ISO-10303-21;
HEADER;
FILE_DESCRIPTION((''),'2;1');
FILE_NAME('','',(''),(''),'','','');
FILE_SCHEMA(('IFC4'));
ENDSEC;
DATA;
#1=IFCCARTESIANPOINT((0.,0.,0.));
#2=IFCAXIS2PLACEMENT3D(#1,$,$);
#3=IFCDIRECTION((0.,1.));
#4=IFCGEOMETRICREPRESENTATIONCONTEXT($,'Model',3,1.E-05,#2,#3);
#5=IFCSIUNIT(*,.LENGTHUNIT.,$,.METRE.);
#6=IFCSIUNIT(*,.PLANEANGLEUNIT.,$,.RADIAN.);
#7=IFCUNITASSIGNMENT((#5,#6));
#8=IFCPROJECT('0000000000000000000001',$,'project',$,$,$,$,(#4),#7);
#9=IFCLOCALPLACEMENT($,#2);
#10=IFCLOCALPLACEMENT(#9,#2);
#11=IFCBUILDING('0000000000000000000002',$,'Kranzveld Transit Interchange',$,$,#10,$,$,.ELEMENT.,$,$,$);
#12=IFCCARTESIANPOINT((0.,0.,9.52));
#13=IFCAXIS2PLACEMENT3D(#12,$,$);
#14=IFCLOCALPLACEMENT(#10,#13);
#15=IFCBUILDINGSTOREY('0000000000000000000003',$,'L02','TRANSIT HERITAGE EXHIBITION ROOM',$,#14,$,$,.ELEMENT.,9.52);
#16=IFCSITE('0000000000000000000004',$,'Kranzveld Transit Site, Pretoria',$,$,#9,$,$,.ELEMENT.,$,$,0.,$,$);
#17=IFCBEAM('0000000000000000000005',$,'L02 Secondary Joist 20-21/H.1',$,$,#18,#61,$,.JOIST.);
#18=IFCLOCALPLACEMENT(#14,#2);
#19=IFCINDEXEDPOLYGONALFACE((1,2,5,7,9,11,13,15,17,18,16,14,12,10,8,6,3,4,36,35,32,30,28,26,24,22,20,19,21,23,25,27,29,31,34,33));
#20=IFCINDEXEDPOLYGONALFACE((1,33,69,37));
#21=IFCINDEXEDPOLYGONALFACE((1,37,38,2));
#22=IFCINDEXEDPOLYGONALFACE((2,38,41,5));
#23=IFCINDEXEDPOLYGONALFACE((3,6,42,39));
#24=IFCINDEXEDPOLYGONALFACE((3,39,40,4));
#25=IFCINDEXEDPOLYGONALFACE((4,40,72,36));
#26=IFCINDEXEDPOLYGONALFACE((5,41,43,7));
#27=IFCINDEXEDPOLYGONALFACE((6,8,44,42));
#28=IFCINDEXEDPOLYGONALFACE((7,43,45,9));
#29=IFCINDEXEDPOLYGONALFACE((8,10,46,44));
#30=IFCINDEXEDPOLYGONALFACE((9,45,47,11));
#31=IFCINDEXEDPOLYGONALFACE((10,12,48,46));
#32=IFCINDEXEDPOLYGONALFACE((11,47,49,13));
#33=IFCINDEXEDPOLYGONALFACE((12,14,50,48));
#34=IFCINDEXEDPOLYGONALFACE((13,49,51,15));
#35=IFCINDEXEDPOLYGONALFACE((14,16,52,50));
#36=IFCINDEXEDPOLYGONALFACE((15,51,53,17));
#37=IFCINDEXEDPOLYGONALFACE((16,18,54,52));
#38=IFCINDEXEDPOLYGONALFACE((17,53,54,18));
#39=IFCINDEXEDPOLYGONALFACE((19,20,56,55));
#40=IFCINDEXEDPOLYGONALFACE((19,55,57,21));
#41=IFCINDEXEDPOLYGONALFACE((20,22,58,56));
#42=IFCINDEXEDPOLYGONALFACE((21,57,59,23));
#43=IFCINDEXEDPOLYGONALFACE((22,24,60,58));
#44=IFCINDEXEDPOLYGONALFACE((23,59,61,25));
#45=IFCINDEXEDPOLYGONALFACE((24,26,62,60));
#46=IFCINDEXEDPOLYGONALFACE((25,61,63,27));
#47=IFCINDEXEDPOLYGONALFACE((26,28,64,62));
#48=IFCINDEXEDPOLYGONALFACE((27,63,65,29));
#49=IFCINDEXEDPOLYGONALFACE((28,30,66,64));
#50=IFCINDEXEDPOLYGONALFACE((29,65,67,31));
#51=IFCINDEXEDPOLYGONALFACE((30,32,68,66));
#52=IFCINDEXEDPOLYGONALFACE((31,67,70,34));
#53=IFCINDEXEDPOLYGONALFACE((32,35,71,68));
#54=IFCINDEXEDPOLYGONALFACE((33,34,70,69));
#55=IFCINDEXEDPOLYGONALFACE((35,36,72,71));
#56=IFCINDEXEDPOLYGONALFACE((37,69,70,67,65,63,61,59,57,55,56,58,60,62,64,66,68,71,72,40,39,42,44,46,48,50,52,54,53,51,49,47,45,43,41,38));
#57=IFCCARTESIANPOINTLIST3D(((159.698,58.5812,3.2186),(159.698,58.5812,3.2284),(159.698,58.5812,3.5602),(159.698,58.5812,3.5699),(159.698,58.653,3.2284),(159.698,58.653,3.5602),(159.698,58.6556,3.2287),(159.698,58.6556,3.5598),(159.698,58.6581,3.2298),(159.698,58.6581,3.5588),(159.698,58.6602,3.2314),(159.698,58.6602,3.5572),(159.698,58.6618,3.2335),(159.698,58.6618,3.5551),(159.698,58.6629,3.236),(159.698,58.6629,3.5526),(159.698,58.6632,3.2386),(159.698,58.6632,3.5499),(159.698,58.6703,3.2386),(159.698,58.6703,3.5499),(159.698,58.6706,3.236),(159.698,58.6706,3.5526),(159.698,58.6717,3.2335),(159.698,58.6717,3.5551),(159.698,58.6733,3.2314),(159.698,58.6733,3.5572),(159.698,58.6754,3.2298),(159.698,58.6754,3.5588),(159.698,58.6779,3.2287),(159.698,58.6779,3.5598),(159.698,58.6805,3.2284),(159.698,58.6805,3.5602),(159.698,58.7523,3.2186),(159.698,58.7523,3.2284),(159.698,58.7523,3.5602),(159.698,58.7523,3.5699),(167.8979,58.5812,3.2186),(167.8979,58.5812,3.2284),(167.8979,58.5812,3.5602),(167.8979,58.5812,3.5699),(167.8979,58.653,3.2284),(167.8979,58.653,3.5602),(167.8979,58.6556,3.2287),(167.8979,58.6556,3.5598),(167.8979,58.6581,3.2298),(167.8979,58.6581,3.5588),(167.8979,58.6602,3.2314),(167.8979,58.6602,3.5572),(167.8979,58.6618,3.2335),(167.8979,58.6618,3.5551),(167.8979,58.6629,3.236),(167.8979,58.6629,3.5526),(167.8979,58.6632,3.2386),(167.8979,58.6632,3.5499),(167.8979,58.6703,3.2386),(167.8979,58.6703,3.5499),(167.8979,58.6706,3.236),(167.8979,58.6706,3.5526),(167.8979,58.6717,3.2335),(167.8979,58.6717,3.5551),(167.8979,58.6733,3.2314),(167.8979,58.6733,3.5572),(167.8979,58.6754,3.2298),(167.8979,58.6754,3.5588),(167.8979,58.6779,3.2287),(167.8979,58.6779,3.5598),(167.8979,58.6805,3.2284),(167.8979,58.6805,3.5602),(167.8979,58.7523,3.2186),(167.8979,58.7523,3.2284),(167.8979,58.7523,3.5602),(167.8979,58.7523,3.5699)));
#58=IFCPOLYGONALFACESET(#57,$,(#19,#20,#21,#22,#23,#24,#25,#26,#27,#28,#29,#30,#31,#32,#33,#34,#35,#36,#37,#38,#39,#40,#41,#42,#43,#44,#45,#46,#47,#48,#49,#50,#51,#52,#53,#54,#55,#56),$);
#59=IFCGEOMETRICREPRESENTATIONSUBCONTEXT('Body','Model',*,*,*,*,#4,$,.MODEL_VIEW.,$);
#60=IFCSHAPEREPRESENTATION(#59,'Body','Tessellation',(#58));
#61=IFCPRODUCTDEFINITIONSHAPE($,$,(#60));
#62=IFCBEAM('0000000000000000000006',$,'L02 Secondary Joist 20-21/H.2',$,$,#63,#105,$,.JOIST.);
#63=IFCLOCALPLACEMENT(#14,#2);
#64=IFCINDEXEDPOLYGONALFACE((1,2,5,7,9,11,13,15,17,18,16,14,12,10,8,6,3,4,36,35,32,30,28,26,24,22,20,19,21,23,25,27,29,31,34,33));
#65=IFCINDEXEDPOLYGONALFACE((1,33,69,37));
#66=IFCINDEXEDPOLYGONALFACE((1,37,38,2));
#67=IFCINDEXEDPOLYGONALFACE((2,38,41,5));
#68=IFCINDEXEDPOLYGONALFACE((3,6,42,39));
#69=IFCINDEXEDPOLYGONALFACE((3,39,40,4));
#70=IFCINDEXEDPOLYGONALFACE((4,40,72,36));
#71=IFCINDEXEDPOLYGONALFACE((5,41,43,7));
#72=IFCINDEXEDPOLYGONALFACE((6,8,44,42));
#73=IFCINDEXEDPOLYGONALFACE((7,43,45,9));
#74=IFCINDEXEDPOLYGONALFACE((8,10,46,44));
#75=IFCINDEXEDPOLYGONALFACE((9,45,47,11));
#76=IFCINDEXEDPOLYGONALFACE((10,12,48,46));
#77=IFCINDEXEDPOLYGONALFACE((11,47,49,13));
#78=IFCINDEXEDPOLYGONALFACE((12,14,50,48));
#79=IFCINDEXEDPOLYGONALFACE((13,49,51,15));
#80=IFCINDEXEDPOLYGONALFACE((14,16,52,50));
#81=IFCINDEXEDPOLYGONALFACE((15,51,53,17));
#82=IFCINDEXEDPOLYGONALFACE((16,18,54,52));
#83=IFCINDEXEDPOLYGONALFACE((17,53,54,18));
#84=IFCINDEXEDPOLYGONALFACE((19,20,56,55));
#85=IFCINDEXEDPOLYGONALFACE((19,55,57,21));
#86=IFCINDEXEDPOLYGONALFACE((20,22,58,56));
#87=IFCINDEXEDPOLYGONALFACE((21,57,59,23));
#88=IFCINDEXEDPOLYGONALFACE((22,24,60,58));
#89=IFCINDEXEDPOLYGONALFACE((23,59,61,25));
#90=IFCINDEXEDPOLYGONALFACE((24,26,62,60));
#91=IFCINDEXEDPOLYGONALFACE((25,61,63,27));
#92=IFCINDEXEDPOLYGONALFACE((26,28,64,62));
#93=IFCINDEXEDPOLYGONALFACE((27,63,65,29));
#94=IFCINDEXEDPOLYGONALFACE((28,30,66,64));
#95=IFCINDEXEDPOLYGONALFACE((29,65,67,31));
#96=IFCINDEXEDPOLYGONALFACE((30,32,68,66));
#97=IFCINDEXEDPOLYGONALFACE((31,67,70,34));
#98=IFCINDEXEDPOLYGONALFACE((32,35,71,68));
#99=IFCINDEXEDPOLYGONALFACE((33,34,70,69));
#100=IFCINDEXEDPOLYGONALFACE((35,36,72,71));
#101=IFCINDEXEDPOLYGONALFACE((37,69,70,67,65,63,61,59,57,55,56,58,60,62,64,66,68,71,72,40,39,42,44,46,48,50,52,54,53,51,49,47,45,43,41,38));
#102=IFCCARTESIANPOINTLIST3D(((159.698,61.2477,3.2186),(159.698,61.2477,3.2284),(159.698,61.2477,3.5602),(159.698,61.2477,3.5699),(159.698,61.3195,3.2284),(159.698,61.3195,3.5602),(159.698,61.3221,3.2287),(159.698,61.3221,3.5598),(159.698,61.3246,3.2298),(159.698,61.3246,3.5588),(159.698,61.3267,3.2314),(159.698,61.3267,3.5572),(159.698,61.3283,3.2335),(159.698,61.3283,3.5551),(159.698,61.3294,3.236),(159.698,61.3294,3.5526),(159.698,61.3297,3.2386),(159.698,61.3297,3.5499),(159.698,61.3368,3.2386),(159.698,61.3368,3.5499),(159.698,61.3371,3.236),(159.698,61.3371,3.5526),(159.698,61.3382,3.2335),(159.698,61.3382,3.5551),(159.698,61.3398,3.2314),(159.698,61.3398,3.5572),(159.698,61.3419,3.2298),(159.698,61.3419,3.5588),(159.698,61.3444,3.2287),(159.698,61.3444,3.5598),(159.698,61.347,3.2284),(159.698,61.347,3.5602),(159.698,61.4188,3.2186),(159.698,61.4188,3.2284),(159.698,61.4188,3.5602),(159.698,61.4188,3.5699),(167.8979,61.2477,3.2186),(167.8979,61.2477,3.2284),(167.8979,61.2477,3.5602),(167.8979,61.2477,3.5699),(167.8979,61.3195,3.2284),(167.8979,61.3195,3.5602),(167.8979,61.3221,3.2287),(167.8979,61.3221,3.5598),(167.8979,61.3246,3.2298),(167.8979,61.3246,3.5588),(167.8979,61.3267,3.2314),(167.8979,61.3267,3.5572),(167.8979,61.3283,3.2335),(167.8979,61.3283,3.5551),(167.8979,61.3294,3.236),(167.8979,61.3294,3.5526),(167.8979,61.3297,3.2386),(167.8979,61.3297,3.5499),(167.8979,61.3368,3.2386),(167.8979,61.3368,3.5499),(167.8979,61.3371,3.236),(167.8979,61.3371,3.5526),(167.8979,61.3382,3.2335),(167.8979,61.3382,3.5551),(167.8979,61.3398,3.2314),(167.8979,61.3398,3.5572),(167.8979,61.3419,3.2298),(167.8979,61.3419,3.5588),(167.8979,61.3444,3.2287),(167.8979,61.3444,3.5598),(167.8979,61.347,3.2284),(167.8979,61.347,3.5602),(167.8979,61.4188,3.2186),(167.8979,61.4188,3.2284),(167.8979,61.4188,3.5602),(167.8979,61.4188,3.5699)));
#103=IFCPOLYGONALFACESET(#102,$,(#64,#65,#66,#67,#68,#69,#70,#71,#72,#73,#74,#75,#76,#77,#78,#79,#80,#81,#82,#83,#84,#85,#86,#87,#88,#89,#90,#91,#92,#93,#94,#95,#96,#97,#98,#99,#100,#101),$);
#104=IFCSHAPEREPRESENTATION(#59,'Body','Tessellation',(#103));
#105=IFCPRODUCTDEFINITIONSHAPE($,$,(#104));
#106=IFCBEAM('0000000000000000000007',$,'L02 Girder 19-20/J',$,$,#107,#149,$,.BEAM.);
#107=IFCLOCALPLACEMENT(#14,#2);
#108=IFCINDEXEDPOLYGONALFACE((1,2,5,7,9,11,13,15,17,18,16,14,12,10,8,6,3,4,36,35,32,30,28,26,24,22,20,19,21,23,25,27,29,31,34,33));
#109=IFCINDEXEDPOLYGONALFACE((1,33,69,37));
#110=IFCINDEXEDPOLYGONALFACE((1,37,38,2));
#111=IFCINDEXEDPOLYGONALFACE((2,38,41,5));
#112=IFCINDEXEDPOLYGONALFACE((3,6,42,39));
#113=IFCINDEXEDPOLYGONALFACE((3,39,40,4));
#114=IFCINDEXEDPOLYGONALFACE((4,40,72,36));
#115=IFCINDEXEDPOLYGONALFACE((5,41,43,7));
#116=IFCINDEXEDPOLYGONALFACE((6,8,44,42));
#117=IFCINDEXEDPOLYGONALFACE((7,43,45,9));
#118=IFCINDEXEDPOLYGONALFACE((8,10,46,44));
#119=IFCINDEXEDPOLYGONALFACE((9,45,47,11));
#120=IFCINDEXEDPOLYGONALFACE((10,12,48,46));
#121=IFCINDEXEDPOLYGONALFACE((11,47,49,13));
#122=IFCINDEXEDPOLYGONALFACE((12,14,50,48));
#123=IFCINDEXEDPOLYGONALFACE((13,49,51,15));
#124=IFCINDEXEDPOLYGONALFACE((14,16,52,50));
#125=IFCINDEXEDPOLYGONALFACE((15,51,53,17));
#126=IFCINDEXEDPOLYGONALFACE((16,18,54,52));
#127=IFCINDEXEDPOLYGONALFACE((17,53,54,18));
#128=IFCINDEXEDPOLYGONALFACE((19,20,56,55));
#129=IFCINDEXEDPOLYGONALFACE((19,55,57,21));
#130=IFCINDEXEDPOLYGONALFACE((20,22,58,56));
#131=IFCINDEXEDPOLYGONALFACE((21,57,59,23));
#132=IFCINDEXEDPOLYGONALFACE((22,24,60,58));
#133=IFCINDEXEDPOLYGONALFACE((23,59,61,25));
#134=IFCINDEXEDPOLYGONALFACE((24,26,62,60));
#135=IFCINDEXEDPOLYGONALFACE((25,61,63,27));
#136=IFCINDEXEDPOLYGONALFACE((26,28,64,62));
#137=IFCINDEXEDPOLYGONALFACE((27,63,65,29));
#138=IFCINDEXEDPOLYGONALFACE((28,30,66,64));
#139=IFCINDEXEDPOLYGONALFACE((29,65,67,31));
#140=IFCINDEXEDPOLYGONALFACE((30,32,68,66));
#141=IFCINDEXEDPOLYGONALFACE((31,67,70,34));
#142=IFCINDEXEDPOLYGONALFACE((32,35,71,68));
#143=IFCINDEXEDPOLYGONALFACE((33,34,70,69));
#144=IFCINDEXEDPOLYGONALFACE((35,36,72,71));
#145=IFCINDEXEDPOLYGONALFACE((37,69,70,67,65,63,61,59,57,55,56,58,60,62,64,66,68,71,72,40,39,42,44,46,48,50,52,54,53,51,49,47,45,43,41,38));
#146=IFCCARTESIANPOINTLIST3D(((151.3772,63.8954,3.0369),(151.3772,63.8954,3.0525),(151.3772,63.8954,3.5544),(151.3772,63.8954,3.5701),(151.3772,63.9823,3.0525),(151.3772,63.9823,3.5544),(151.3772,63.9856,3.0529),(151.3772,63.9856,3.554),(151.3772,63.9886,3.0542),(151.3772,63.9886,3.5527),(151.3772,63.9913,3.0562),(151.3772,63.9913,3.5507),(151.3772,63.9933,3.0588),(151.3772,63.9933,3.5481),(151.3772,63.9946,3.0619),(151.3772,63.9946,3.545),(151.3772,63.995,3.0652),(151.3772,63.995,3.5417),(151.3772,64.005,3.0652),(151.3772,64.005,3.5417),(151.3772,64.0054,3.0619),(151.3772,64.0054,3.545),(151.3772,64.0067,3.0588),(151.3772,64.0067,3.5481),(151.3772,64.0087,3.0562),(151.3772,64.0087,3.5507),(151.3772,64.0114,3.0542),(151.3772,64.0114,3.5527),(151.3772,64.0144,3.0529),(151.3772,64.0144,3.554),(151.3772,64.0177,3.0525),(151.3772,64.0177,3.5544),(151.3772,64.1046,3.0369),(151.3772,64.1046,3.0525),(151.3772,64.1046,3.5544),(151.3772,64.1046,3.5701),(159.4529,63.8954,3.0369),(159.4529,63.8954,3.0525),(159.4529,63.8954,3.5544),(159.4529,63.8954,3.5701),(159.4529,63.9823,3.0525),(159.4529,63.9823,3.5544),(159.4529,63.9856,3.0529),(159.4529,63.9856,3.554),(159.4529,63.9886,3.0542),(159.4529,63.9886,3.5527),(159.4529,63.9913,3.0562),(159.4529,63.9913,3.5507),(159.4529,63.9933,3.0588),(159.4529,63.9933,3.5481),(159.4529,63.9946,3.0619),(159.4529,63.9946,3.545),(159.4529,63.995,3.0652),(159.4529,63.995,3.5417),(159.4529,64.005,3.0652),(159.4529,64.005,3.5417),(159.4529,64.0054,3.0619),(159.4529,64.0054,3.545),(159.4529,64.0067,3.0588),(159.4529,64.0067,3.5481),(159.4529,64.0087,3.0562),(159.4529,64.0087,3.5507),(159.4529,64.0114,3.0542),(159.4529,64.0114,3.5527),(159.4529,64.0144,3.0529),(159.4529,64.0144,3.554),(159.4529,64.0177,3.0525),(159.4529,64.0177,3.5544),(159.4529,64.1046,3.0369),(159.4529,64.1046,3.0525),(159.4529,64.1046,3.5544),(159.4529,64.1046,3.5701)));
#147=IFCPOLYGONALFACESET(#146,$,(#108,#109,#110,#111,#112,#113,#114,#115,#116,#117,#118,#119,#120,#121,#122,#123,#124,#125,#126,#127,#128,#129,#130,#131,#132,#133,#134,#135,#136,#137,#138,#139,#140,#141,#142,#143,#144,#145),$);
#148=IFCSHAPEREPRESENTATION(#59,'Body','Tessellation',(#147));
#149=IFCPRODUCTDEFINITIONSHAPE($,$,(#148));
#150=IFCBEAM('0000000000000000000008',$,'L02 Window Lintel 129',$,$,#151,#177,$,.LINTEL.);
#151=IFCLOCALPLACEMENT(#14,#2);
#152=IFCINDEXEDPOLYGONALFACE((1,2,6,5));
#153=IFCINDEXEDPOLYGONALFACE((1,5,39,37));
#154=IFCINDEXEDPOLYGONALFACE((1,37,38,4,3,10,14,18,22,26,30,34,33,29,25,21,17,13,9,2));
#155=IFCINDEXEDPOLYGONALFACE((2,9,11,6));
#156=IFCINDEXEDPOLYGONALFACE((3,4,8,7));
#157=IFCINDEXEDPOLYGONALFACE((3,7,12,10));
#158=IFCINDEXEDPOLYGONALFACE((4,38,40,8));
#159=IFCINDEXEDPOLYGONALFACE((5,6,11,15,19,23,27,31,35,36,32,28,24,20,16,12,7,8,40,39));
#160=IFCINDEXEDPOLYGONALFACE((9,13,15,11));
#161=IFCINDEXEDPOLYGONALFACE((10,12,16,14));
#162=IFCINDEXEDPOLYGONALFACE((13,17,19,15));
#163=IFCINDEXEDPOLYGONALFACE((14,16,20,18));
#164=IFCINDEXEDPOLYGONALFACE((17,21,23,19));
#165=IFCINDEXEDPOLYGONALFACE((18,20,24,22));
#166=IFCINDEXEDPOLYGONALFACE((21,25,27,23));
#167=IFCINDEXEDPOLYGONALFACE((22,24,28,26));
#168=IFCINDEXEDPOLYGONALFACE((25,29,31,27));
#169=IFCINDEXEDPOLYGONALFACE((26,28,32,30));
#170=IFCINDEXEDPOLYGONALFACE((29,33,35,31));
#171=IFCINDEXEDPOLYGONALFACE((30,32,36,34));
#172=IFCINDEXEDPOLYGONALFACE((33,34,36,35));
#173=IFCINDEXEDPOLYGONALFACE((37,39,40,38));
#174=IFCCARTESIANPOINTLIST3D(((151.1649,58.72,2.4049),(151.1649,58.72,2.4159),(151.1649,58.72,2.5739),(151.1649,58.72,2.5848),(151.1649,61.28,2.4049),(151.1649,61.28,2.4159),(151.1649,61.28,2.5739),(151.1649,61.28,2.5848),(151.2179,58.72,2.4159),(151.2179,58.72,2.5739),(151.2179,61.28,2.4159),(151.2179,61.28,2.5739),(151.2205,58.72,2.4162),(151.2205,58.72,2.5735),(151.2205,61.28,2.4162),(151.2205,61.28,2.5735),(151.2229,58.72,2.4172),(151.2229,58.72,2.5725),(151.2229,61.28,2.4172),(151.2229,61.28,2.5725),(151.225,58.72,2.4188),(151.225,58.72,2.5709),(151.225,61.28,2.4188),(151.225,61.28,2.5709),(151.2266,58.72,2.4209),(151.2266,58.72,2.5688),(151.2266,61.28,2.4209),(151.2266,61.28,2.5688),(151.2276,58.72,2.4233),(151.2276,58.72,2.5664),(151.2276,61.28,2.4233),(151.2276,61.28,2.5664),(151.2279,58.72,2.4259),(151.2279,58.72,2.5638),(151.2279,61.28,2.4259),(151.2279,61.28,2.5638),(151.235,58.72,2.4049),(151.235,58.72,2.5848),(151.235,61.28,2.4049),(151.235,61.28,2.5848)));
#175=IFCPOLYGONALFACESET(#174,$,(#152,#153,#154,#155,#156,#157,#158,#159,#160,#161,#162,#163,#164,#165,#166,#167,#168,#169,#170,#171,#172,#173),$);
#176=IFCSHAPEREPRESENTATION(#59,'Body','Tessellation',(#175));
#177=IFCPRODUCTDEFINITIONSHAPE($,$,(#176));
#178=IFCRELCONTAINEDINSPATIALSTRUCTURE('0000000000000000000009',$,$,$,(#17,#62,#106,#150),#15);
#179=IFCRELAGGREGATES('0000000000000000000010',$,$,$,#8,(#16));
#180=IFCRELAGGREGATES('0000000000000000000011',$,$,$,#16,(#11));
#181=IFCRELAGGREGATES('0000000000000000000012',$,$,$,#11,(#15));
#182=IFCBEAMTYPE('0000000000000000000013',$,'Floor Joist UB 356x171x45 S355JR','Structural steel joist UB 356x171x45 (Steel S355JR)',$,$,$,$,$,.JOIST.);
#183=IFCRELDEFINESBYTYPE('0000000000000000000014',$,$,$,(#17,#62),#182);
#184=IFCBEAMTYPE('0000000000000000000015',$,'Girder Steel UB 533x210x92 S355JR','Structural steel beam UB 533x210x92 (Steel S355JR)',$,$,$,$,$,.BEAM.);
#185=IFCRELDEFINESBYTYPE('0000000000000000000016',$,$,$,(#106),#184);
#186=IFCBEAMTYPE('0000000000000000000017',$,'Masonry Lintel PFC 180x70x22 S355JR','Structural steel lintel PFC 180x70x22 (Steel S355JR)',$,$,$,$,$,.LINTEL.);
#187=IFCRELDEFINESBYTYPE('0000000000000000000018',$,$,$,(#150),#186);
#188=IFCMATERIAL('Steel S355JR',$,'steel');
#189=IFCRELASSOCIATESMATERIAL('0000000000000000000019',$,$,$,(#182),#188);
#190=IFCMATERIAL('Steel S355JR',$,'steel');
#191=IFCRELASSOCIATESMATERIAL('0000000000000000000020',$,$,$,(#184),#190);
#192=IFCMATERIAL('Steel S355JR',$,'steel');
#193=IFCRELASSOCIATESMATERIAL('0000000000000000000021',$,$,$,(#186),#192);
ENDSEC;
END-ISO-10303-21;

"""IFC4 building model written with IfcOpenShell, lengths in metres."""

from ifc_helpers import new_model, si_unit, direction, frame, origin, origin_2d, place, context, subcontext, project, spatial, i_section, u_section, extrude, material, material_profile, profile_set, type_object, element, save


model = new_model("IFC4")

# Units and contexts
model_context = context("Model", 3, precision=1e-05, world=origin(), true_north=direction((0.0, 1.0)))
body_context = subcontext(model_context, "Body", "Model", "MODEL_VIEW")
ifc_project = project(units=[si_unit("LENGTHUNIT", "METRE"), si_unit("PLANEANGLEUNIT", "RADIAN")], contexts=[model_context])

# Site, building, storey
site_placement = place(None, origin())
site = spatial("IfcSite", under=ifc_project, at=site_placement, Name="Kranzveld Transit Site, Pretoria", CompositionType="ELEMENT", RefElevation=0.0)
building_placement = place(site_placement, origin())
building = spatial("IfcBuilding", under=site, at=building_placement, Name="Kranzveld Transit Interchange", CompositionType="ELEMENT")
storey_placement = place(building_placement, frame((0.0, 0.0, 9.52)))
storey = spatial("IfcBuildingStorey", under=building, at=storey_placement, Name="L02", Description="TRANSIT HERITAGE EXHIBITION ROOM", CompositionType="ELEMENT", Elevation=9.52)

# Beams
ifc_material_1 = material(Name="Steel S355JR", Category="steel")
ifc_material_profile_1 = material_profile(ifc_material_1, i_section(OverallWidth=0.1711, OverallDepth=0.3513, WebThickness=0.0071, FlangeThickness=0.0098, FilletRadius=0.0103, at=origin_2d()), Name="UB 356x171x45")
ifc_profile_set_1 = profile_set([ifc_material_profile_1], Name="Steel S355JR")
beam_type_1 = type_object("IfcBeamType", Name="Floor Joist UB 356x171x45 S355JR", Description="Structural steel joist UB 356x171x45 (Steel S355JR)", PredefinedType="JOIST", material=ifc_profile_set_1)
for number, where, z_axis, x_axis, name in (
    (1, (159.698, 58.6667, 3.3943), (1.0, 0.0, 0.0), (0.0, 1.0, 0.0), "L02 Secondary Joist 20-21/H.1"),
    (2, (159.698, 61.3333, 3.3943), (1.0, 0.0, 0.0), (0.0, 1.0, 0.0), "L02 Secondary Joist 20-21/H.2"),
):
    element("IfcBeam", number, at=place(storey_placement, frame(where, z_axis=z_axis, x_axis=x_axis)), inside=storey, type_object=beam_type_1, Name=name, PredefinedType="JOIST", context=body_context, shape_type="SweptSolid", body=[
        extrude(i_section(OverallWidth=0.1711, OverallDepth=0.3513, WebThickness=0.0071, FlangeThickness=0.0098, FilletRadius=0.0103, at=origin_2d()), origin(), (0.0, 0.0, 1.0), 8.2),
    ])
ifc_material_2 = material(Name="Steel S355JR", Category="steel")
ifc_material_profile_2 = material_profile(ifc_material_2, i_section(OverallWidth=0.2092, OverallDepth=0.5332, WebThickness=0.01, FlangeThickness=0.0156, FilletRadius=0.0127, at=origin_2d()), Name="UB 533x210x92")
ifc_profile_set_2 = profile_set([ifc_material_profile_2], Name="Steel S355JR")
beam_type_2 = type_object("IfcBeamType", Name="Girder Steel UB 533x210x92 S355JR", Description="Structural steel beam UB 533x210x92 (Steel S355JR)", PredefinedType="BEAM", material=ifc_profile_set_2)
beam_1_placement = place(storey_placement, frame((151.3772, 64.0, 3.3035), z_axis=(1.0, 0.0, 0.0), x_axis=(0.0, 1.0, 0.0)))
element("IfcBeam", 3, at=beam_1_placement, inside=storey, type_object=beam_type_2, Name="L02 Girder 19-20/J", PredefinedType="BEAM", context=body_context, shape_type="SweptSolid", body=[
    extrude(i_section(OverallWidth=0.2092, OverallDepth=0.5332, WebThickness=0.01, FlangeThickness=0.0156, FilletRadius=0.0127, at=origin_2d()), origin(), (0.0, 0.0, 1.0), 8.0757),
])
ifc_material_3 = material(Name="Steel S355JR", Category="steel")
ifc_material_profile_3 = material_profile(ifc_material_3, u_section(Depth=0.1799, FlangeWidth=0.0701, WebThickness=0.0071, FlangeThickness=0.011, FilletRadius=0.01, at=origin_2d()), Name="PFC 180x70x22")
ifc_profile_set_3 = profile_set([ifc_material_profile_3], Name="Steel S355JR")
beam_type_3 = type_object("IfcBeamType", Name="Masonry Lintel PFC 180x70x22 S355JR", Description="Structural steel lintel PFC 180x70x22 (Steel S355JR)", PredefinedType="LINTEL", material=ifc_profile_set_3)
beam_2_placement = place(storey_placement, frame((151.2, 58.72, 2.4949), z_axis=(0.0, 1.0, 0.0), x_axis=(-1.0, 0.0, 0.0)))
element("IfcBeam", 4, at=beam_2_placement, inside=storey, type_object=beam_type_3, Name="L02 Window Lintel 129", PredefinedType="LINTEL", context=body_context, shape_type="SweptSolid", body=[
    extrude(u_section(Depth=0.1799, FlangeWidth=0.0701, WebThickness=0.0071, FlangeThickness=0.011, FilletRadius=0.01, at=origin_2d()), origin(), (0.0, 0.0, 1.0), 2.5601),
])

save(model, "model.ifc")
